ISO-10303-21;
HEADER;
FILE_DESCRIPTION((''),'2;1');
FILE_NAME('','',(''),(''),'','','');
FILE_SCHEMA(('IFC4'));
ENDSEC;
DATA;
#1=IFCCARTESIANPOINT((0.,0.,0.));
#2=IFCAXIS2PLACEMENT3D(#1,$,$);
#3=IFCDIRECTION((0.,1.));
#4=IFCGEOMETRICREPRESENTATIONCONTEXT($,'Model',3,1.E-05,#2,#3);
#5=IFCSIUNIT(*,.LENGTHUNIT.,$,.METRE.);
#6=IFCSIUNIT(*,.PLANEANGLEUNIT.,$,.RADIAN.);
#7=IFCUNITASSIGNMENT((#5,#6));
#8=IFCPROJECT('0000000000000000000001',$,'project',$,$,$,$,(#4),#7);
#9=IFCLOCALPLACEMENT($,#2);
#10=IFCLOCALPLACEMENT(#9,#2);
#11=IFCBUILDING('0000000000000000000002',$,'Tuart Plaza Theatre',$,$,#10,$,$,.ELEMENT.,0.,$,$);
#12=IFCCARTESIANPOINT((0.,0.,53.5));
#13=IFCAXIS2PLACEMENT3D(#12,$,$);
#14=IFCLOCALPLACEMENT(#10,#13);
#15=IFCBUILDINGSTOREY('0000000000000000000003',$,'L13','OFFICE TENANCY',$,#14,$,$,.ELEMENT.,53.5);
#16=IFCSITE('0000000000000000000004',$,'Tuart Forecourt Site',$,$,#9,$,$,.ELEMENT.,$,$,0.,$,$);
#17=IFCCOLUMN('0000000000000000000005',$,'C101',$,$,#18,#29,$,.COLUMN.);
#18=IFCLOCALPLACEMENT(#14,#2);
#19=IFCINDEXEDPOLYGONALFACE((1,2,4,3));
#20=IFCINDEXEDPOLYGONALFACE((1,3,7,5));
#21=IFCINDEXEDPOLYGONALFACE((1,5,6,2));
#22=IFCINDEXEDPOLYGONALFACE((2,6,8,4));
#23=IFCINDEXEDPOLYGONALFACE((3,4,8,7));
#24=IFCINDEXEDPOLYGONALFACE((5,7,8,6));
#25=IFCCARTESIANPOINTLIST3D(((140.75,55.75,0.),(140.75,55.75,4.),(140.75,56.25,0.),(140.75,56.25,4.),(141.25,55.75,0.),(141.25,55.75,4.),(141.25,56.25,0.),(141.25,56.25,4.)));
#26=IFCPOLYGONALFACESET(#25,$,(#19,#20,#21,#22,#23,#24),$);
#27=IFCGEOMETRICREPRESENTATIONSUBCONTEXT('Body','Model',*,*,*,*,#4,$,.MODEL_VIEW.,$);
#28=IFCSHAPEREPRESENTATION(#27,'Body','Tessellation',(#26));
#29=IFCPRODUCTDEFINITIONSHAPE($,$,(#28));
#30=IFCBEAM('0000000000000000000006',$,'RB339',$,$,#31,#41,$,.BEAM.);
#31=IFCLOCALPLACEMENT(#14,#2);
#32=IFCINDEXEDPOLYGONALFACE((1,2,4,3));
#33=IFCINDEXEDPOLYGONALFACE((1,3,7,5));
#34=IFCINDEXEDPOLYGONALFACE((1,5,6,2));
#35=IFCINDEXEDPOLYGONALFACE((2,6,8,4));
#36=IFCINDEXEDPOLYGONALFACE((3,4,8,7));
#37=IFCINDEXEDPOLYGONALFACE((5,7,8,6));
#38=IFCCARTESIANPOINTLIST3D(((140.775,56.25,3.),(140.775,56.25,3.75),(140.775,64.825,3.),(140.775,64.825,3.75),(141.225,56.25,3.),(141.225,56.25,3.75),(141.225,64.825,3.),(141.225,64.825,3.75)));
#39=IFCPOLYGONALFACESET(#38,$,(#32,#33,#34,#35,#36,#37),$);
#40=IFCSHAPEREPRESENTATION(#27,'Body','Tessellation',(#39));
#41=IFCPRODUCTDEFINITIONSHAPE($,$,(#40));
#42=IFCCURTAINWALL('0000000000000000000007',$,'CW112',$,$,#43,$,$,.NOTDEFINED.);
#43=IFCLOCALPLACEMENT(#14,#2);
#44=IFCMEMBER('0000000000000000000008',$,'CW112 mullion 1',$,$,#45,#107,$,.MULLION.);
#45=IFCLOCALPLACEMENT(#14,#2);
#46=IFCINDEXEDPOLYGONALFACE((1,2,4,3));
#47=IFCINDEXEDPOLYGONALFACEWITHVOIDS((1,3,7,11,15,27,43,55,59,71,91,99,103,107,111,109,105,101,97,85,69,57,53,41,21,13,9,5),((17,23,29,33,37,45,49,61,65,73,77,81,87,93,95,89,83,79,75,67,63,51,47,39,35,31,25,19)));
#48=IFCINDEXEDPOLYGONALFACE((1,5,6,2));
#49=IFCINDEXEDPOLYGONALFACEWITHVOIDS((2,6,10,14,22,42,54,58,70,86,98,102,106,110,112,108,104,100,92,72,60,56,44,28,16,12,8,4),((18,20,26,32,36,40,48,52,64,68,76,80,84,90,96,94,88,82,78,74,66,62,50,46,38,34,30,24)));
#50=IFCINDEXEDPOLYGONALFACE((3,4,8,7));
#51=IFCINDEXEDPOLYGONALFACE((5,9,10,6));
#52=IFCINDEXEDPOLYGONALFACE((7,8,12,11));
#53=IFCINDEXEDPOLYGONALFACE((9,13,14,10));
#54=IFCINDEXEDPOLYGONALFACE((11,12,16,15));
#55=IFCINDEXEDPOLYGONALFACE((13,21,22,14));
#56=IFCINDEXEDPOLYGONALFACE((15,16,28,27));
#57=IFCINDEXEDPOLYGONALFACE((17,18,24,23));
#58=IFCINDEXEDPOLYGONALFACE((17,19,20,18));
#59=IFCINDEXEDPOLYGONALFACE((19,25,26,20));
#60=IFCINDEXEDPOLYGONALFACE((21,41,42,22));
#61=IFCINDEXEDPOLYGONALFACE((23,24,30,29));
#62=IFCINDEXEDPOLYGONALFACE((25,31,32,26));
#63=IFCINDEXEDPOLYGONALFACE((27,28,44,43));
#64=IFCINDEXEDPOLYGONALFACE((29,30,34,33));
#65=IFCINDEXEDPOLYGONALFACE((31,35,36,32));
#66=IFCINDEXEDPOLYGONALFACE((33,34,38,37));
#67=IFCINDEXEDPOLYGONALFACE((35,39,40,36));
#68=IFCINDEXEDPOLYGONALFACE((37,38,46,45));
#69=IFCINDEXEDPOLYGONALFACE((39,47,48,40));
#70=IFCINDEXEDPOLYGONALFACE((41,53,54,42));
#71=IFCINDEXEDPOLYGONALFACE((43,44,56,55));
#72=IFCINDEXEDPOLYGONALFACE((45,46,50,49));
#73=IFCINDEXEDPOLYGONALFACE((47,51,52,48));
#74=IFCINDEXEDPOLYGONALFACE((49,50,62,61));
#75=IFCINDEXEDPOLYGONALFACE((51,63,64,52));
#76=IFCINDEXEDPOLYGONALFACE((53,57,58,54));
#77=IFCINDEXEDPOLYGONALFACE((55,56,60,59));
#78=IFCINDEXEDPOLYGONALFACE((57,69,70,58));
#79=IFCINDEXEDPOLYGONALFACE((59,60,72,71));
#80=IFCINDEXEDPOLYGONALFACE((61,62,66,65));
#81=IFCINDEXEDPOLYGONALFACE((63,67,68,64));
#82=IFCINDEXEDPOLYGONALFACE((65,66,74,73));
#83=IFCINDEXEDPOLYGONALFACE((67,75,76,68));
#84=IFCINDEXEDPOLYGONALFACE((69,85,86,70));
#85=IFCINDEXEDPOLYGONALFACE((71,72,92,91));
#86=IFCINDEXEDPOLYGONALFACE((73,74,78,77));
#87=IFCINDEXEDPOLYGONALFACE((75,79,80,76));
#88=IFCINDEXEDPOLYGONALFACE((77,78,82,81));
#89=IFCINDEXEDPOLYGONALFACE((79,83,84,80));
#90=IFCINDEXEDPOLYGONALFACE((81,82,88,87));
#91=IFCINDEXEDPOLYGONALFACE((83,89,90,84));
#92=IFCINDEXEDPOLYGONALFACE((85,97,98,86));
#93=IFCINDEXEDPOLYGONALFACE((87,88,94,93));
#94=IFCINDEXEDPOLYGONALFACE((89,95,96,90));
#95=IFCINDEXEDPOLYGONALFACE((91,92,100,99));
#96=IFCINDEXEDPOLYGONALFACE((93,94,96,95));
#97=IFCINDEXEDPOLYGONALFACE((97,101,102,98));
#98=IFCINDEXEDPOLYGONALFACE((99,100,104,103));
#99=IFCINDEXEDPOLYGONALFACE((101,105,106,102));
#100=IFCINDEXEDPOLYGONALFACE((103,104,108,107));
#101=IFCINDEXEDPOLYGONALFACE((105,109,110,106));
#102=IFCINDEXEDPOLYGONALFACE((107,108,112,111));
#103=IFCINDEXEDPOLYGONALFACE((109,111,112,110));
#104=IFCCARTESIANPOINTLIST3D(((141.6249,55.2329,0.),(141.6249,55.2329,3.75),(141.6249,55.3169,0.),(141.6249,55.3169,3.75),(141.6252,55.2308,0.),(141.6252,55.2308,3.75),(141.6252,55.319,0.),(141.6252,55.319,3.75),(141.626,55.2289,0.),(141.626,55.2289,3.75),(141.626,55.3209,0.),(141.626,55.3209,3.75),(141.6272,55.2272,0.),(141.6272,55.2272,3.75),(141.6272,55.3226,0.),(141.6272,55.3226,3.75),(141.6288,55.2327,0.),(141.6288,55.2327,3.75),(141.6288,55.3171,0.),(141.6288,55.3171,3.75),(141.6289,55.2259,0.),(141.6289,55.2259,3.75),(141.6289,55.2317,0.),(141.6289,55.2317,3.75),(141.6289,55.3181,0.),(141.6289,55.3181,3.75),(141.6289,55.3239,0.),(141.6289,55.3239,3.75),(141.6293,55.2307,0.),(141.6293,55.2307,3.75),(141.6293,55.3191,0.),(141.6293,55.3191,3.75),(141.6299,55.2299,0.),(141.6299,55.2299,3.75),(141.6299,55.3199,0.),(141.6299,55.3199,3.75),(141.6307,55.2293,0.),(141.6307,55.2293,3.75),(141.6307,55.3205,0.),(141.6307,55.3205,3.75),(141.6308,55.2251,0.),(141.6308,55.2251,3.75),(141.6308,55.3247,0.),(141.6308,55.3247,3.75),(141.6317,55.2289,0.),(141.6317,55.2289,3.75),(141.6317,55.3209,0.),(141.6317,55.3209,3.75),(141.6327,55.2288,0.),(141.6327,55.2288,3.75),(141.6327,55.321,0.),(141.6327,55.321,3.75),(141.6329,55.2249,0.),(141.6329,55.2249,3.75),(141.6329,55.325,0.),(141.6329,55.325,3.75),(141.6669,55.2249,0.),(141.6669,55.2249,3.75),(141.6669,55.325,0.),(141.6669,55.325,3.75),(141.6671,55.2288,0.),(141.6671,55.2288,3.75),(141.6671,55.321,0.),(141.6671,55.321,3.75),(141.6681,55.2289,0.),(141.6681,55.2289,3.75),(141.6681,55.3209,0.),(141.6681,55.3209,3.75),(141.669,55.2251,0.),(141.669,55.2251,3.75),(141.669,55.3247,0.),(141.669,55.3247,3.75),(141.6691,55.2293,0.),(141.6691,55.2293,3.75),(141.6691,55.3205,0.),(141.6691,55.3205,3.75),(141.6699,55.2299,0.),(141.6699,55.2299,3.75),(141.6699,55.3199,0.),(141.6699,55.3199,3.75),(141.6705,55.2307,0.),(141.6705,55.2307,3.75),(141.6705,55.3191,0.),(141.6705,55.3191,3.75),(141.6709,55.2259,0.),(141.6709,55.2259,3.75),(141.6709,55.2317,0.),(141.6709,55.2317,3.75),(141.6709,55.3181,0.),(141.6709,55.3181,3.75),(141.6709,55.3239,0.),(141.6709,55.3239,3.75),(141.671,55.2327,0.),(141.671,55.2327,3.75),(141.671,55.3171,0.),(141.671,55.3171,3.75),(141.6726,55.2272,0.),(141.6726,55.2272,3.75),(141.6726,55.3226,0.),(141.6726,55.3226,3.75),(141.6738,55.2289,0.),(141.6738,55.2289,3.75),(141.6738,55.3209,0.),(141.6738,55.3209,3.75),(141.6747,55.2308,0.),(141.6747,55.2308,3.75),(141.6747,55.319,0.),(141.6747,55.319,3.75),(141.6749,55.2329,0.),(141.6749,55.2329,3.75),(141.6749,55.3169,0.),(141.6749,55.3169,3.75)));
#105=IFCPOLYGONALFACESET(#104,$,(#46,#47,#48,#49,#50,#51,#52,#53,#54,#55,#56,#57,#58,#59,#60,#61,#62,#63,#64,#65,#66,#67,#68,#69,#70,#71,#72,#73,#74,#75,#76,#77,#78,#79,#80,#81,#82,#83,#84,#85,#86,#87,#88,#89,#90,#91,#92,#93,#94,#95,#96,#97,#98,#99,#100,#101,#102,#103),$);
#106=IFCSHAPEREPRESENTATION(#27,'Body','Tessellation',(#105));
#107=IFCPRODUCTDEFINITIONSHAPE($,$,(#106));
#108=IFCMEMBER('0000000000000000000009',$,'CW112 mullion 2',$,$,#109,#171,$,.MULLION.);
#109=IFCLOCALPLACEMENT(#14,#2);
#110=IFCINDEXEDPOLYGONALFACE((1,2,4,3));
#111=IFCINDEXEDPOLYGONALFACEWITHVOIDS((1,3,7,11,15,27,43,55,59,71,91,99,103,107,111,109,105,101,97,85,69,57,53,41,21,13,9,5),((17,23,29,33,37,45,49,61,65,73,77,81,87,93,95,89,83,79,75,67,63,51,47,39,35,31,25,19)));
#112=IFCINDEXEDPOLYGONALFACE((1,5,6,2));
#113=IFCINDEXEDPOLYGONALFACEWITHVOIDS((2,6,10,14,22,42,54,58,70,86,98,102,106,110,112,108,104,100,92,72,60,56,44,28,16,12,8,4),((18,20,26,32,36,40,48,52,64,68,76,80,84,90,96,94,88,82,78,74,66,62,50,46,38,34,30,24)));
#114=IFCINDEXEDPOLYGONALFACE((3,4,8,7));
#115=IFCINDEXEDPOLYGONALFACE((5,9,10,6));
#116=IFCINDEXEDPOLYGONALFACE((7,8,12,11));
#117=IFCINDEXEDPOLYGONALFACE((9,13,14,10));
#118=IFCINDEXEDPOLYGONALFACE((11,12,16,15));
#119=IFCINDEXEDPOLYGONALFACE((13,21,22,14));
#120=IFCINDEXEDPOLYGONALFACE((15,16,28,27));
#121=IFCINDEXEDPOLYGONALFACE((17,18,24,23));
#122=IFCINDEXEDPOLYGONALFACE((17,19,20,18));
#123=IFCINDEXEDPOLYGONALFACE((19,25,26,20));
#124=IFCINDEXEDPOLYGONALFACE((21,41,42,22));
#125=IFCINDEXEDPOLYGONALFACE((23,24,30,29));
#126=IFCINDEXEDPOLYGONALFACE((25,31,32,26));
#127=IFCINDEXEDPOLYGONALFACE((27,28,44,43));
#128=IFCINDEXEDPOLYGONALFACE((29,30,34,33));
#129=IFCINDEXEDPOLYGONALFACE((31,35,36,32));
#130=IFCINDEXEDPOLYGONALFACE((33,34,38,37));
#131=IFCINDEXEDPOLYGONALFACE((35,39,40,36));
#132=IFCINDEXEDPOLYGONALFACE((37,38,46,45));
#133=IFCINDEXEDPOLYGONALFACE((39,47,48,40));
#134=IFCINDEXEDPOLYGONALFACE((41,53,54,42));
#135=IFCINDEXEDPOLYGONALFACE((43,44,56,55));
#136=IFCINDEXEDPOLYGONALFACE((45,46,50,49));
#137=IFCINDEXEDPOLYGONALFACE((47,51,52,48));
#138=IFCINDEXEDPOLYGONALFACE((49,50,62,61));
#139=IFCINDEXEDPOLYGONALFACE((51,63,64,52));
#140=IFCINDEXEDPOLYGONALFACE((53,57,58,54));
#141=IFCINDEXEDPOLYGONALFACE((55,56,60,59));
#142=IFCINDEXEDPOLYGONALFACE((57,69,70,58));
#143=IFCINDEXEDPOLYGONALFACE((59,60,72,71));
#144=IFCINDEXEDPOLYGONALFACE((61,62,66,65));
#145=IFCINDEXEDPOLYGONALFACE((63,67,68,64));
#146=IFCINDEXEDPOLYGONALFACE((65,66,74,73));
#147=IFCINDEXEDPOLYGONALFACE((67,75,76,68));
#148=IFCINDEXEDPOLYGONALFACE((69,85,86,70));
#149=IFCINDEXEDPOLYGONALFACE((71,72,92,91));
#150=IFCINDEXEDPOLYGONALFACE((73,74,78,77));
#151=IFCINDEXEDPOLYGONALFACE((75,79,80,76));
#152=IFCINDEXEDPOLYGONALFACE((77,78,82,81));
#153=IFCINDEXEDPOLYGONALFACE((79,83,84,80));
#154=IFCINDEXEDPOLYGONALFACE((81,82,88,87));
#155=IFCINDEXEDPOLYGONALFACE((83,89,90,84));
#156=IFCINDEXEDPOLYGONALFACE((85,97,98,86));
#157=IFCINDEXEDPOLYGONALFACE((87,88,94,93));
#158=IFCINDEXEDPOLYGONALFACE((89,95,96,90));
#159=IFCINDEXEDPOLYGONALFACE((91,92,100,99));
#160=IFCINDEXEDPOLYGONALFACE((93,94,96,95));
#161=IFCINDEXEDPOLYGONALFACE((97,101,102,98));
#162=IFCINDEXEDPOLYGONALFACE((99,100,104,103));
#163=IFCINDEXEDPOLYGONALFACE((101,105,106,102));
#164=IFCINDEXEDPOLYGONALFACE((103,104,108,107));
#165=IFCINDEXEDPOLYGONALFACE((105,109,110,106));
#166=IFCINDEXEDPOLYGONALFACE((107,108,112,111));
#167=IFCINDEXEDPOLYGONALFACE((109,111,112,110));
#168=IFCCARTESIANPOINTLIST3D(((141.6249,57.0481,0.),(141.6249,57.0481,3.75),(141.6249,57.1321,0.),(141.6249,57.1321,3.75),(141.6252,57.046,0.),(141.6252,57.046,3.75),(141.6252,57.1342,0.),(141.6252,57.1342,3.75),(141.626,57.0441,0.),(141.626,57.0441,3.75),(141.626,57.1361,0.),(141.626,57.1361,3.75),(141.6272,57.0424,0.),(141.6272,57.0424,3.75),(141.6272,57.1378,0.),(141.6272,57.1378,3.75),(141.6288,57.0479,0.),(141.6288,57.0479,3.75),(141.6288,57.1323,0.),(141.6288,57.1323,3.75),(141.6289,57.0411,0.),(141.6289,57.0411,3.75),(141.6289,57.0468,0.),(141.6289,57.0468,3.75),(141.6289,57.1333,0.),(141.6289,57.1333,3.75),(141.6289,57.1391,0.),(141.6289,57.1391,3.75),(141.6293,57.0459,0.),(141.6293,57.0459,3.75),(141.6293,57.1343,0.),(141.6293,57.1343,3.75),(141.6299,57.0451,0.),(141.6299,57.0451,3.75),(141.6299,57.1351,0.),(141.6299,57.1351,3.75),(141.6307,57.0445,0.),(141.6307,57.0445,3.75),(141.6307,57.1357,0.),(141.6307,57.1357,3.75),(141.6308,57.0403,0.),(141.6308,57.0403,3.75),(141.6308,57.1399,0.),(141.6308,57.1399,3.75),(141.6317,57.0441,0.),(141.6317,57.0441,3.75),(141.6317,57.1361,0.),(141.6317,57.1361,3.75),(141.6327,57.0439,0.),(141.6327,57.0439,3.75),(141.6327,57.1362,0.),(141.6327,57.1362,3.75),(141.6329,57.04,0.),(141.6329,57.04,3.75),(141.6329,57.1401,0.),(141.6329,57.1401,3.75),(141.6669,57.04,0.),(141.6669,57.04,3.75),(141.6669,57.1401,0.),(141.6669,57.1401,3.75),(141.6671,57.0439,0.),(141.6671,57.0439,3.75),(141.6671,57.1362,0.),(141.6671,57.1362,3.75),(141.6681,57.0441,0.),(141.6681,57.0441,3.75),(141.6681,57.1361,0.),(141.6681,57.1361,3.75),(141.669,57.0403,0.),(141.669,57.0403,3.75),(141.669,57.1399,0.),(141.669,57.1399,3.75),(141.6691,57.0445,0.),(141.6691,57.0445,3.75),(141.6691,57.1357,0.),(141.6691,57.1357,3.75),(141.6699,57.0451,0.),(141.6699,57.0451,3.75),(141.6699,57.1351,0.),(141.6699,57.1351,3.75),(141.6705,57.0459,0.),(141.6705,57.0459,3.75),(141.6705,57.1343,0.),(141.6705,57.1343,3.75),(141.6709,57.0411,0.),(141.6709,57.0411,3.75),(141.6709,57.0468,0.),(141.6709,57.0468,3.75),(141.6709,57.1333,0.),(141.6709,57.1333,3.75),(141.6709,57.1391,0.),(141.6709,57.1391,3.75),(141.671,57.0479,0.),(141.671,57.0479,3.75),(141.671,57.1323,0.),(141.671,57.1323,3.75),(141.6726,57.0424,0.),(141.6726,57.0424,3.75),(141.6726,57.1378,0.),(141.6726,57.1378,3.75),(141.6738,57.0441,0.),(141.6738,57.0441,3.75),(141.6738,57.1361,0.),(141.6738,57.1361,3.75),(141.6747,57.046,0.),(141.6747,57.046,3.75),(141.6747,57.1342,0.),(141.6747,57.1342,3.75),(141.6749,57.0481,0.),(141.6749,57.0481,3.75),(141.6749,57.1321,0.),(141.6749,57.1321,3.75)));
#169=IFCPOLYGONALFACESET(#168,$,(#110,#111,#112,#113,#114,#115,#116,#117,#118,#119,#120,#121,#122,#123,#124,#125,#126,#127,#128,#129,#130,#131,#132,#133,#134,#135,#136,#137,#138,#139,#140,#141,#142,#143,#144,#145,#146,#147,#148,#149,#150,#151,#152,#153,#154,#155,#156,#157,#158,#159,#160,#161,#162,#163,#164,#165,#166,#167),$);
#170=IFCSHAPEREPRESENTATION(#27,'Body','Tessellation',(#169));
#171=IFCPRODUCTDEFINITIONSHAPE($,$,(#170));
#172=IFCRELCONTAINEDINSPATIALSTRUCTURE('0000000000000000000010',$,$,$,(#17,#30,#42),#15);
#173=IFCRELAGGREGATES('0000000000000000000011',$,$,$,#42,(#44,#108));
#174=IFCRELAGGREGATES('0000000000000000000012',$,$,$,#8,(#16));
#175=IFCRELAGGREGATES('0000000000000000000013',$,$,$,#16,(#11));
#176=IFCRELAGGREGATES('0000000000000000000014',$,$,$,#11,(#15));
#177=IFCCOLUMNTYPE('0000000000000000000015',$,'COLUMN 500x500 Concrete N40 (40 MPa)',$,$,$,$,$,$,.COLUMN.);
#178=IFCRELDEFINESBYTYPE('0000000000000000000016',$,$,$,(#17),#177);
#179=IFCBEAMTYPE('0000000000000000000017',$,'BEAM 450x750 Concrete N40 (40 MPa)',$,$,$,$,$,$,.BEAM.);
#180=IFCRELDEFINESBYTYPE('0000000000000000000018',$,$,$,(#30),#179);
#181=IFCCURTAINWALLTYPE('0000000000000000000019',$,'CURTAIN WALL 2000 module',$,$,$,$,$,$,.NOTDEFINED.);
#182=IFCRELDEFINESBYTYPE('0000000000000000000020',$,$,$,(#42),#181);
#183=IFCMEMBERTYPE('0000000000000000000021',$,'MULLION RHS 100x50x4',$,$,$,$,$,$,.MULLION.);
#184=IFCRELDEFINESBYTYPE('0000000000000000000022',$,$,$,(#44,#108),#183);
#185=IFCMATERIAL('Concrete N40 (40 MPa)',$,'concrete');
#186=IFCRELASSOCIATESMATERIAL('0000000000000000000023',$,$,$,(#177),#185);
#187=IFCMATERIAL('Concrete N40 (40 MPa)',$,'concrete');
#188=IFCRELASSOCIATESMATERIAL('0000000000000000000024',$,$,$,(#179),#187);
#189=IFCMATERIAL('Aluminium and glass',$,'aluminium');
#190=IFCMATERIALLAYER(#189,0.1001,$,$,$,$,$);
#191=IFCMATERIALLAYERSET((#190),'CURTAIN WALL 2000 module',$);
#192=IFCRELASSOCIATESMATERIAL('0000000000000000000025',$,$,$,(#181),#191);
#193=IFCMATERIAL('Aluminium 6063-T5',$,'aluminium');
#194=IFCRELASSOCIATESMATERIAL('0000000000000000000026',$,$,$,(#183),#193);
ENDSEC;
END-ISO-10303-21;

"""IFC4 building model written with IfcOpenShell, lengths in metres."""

from ifc_helpers import new_model, si_unit, direction, frame, origin, origin_2d, place, context, subcontext, project, spatial, rectangle, hollow_rectangle, extrude, material, layer, layer_set, material_profile, profile_set, type_object, element, aggregate, save


model = new_model("IFC4")

# Units and contexts
model_context = context("Model", 3, precision=1e-05, world=origin(), true_north=direction((0.0, 1.0)))
body_context = subcontext(model_context, "Body", "Model", "MODEL_VIEW")
ifc_project = project(units=[si_unit("LENGTHUNIT", "METRE"), si_unit("PLANEANGLEUNIT", "RADIAN")], contexts=[model_context])

# Site, building, storey
site_placement = place(None, origin())
site = spatial("IfcSite", under=ifc_project, at=site_placement, Name="Tuart Forecourt Site", CompositionType="ELEMENT", RefElevation=0.0)
building_placement = place(site_placement, origin())
building = spatial("IfcBuilding", under=site, at=building_placement, Name="Tuart Plaza Theatre", CompositionType="ELEMENT", ElevationOfRefHeight=0.0)
storey_placement = place(building_placement, frame((0.0, 0.0, 53.5)))
storey = spatial("IfcBuildingStorey", under=building, at=storey_placement, Name="L13", Description="OFFICE TENANCY", CompositionType="ELEMENT", Elevation=53.5)

# Column
ifc_material_1 = material(Name="Concrete N40 (40 MPa)", Category="concrete")
ifc_material_profile_1 = material_profile(ifc_material_1, rectangle(XDim=0.5, YDim=0.5, at=origin_2d()), Name="COLUMN 500x500 Concrete N40 (40 MPa)")
ifc_profile_set_1 = profile_set([ifc_material_profile_1], Name="Concrete N40 (40 MPa)")
column_type = type_object("IfcColumnType", Name="COLUMN 500x500 Concrete N40 (40 MPa)", PredefinedType="COLUMN", material=ifc_profile_set_1)
column_placement = place(storey_placement, frame((141.0, 56.0, 0.0), z_axis=(0.0, 0.0, 1.0), x_axis=(1.0, 0.0, 0.0)))
element("IfcColumn", 1, at=column_placement, inside=storey, type_object=column_type, Name="C101", PredefinedType="COLUMN", context=body_context, shape_type="SweptSolid", body=[
    extrude(rectangle(XDim=0.5, YDim=0.5, at=origin_2d()), origin(), (0.0, 0.0, 1.0), 4.0),
])

# Beam
ifc_material_2 = material(Name="Concrete N40 (40 MPa)", Category="concrete")
ifc_material_profile_2 = material_profile(ifc_material_2, rectangle(XDim=0.45, YDim=0.75, at=origin_2d()), Name="BEAM 450x750 Concrete N40 (40 MPa)")
ifc_profile_set_2 = profile_set([ifc_material_profile_2], Name="Concrete N40 (40 MPa)")
beam_type = type_object("IfcBeamType", Name="BEAM 450x750 Concrete N40 (40 MPa)", PredefinedType="BEAM", material=ifc_profile_set_2)
beam_placement = place(storey_placement, frame((141.0, 56.25, 3.375), z_axis=(0.0, 1.0, 0.0), x_axis=(-1.0, 0.0, 0.0)))
element("IfcBeam", 2, at=beam_placement, inside=storey, type_object=beam_type, Name="RB339", PredefinedType="BEAM", context=body_context, shape_type="SweptSolid", body=[
    extrude(rectangle(XDim=0.45, YDim=0.75, at=origin_2d()), origin(), (0.0, 0.0, 1.0), 8.575),
])

# Curtain wall, members
ifc_material_3 = material(Name="Aluminium and glass", Category="aluminium")
ifc_layer_1 = layer(ifc_material_3, 0.1001)
ifc_layer_set_1 = layer_set([ifc_layer_1], Name="CURTAIN WALL 2000 module")
curtain_wall_type = type_object("IfcCurtainWallType", Name="CURTAIN WALL 2000 module", PredefinedType="NOTDEFINED", material=ifc_layer_set_1)
curtain_wall_1_placement = place(storey_placement, origin())
curtain_wall_1 = element("IfcCurtainWall", 3, at=curtain_wall_1_placement, inside=storey, type_object=curtain_wall_type, Name="CW112", PredefinedType="NOTDEFINED")
ifc_material_4 = material(Name="Aluminium 6063-T5", Category="aluminium")
ifc_material_profile_3 = material_profile(ifc_material_4, hollow_rectangle(XDim=0.05, YDim=0.1001, WallThickness=0.0039, InnerFilletRadius=0.0039, OuterFilletRadius=0.0081, at=origin_2d()), Name="RHS 100x50x4")
ifc_profile_set_3 = profile_set([ifc_material_profile_3], Name="Aluminium 6063-T5")
member_type_1 = type_object("IfcMemberType", Name="MULLION RHS 100x50x4", PredefinedType="MULLION", material=ifc_profile_set_3)
member_1_placement = place(storey_placement, frame((141.6499, 55.2749, 0.0), z_axis=(0.0, 0.0, 1.0), x_axis=(-1.0, 0.0, 0.0)))
member_1 = element("IfcMember", 4, at=member_1_placement, type_object=member_type_1, Name="CW112 mullion 1", PredefinedType="MULLION", context=body_context, shape_type="SweptSolid", body=[
    extrude(hollow_rectangle(XDim=0.05, YDim=0.1001, WallThickness=0.0039, InnerFilletRadius=0.0039, OuterFilletRadius=0.0081, at=origin_2d()), origin(), (0.0, 0.0, 1.0), 3.75),
])
member_2_placement = place(storey_placement, frame((141.6499, 57.0901, 0.0), z_axis=(0.0, 0.0, 1.0), x_axis=(-1.0, 0.0, 0.0)))
member_2 = element("IfcMember", 5, at=member_2_placement, type_object=member_type_1, Name="CW112 mullion 2", PredefinedType="MULLION", context=body_context, shape_type="SweptSolid", body=[
    extrude(hollow_rectangle(XDim=0.05, YDim=0.1001, WallThickness=0.0039, InnerFilletRadius=0.0039, OuterFilletRadius=0.0081, at=origin_2d()), origin(), (0.0, 0.0, 1.0), 3.75),
])

aggregate(curtain_wall_1, [member_1, member_2])

save(model, "model.ifc")
